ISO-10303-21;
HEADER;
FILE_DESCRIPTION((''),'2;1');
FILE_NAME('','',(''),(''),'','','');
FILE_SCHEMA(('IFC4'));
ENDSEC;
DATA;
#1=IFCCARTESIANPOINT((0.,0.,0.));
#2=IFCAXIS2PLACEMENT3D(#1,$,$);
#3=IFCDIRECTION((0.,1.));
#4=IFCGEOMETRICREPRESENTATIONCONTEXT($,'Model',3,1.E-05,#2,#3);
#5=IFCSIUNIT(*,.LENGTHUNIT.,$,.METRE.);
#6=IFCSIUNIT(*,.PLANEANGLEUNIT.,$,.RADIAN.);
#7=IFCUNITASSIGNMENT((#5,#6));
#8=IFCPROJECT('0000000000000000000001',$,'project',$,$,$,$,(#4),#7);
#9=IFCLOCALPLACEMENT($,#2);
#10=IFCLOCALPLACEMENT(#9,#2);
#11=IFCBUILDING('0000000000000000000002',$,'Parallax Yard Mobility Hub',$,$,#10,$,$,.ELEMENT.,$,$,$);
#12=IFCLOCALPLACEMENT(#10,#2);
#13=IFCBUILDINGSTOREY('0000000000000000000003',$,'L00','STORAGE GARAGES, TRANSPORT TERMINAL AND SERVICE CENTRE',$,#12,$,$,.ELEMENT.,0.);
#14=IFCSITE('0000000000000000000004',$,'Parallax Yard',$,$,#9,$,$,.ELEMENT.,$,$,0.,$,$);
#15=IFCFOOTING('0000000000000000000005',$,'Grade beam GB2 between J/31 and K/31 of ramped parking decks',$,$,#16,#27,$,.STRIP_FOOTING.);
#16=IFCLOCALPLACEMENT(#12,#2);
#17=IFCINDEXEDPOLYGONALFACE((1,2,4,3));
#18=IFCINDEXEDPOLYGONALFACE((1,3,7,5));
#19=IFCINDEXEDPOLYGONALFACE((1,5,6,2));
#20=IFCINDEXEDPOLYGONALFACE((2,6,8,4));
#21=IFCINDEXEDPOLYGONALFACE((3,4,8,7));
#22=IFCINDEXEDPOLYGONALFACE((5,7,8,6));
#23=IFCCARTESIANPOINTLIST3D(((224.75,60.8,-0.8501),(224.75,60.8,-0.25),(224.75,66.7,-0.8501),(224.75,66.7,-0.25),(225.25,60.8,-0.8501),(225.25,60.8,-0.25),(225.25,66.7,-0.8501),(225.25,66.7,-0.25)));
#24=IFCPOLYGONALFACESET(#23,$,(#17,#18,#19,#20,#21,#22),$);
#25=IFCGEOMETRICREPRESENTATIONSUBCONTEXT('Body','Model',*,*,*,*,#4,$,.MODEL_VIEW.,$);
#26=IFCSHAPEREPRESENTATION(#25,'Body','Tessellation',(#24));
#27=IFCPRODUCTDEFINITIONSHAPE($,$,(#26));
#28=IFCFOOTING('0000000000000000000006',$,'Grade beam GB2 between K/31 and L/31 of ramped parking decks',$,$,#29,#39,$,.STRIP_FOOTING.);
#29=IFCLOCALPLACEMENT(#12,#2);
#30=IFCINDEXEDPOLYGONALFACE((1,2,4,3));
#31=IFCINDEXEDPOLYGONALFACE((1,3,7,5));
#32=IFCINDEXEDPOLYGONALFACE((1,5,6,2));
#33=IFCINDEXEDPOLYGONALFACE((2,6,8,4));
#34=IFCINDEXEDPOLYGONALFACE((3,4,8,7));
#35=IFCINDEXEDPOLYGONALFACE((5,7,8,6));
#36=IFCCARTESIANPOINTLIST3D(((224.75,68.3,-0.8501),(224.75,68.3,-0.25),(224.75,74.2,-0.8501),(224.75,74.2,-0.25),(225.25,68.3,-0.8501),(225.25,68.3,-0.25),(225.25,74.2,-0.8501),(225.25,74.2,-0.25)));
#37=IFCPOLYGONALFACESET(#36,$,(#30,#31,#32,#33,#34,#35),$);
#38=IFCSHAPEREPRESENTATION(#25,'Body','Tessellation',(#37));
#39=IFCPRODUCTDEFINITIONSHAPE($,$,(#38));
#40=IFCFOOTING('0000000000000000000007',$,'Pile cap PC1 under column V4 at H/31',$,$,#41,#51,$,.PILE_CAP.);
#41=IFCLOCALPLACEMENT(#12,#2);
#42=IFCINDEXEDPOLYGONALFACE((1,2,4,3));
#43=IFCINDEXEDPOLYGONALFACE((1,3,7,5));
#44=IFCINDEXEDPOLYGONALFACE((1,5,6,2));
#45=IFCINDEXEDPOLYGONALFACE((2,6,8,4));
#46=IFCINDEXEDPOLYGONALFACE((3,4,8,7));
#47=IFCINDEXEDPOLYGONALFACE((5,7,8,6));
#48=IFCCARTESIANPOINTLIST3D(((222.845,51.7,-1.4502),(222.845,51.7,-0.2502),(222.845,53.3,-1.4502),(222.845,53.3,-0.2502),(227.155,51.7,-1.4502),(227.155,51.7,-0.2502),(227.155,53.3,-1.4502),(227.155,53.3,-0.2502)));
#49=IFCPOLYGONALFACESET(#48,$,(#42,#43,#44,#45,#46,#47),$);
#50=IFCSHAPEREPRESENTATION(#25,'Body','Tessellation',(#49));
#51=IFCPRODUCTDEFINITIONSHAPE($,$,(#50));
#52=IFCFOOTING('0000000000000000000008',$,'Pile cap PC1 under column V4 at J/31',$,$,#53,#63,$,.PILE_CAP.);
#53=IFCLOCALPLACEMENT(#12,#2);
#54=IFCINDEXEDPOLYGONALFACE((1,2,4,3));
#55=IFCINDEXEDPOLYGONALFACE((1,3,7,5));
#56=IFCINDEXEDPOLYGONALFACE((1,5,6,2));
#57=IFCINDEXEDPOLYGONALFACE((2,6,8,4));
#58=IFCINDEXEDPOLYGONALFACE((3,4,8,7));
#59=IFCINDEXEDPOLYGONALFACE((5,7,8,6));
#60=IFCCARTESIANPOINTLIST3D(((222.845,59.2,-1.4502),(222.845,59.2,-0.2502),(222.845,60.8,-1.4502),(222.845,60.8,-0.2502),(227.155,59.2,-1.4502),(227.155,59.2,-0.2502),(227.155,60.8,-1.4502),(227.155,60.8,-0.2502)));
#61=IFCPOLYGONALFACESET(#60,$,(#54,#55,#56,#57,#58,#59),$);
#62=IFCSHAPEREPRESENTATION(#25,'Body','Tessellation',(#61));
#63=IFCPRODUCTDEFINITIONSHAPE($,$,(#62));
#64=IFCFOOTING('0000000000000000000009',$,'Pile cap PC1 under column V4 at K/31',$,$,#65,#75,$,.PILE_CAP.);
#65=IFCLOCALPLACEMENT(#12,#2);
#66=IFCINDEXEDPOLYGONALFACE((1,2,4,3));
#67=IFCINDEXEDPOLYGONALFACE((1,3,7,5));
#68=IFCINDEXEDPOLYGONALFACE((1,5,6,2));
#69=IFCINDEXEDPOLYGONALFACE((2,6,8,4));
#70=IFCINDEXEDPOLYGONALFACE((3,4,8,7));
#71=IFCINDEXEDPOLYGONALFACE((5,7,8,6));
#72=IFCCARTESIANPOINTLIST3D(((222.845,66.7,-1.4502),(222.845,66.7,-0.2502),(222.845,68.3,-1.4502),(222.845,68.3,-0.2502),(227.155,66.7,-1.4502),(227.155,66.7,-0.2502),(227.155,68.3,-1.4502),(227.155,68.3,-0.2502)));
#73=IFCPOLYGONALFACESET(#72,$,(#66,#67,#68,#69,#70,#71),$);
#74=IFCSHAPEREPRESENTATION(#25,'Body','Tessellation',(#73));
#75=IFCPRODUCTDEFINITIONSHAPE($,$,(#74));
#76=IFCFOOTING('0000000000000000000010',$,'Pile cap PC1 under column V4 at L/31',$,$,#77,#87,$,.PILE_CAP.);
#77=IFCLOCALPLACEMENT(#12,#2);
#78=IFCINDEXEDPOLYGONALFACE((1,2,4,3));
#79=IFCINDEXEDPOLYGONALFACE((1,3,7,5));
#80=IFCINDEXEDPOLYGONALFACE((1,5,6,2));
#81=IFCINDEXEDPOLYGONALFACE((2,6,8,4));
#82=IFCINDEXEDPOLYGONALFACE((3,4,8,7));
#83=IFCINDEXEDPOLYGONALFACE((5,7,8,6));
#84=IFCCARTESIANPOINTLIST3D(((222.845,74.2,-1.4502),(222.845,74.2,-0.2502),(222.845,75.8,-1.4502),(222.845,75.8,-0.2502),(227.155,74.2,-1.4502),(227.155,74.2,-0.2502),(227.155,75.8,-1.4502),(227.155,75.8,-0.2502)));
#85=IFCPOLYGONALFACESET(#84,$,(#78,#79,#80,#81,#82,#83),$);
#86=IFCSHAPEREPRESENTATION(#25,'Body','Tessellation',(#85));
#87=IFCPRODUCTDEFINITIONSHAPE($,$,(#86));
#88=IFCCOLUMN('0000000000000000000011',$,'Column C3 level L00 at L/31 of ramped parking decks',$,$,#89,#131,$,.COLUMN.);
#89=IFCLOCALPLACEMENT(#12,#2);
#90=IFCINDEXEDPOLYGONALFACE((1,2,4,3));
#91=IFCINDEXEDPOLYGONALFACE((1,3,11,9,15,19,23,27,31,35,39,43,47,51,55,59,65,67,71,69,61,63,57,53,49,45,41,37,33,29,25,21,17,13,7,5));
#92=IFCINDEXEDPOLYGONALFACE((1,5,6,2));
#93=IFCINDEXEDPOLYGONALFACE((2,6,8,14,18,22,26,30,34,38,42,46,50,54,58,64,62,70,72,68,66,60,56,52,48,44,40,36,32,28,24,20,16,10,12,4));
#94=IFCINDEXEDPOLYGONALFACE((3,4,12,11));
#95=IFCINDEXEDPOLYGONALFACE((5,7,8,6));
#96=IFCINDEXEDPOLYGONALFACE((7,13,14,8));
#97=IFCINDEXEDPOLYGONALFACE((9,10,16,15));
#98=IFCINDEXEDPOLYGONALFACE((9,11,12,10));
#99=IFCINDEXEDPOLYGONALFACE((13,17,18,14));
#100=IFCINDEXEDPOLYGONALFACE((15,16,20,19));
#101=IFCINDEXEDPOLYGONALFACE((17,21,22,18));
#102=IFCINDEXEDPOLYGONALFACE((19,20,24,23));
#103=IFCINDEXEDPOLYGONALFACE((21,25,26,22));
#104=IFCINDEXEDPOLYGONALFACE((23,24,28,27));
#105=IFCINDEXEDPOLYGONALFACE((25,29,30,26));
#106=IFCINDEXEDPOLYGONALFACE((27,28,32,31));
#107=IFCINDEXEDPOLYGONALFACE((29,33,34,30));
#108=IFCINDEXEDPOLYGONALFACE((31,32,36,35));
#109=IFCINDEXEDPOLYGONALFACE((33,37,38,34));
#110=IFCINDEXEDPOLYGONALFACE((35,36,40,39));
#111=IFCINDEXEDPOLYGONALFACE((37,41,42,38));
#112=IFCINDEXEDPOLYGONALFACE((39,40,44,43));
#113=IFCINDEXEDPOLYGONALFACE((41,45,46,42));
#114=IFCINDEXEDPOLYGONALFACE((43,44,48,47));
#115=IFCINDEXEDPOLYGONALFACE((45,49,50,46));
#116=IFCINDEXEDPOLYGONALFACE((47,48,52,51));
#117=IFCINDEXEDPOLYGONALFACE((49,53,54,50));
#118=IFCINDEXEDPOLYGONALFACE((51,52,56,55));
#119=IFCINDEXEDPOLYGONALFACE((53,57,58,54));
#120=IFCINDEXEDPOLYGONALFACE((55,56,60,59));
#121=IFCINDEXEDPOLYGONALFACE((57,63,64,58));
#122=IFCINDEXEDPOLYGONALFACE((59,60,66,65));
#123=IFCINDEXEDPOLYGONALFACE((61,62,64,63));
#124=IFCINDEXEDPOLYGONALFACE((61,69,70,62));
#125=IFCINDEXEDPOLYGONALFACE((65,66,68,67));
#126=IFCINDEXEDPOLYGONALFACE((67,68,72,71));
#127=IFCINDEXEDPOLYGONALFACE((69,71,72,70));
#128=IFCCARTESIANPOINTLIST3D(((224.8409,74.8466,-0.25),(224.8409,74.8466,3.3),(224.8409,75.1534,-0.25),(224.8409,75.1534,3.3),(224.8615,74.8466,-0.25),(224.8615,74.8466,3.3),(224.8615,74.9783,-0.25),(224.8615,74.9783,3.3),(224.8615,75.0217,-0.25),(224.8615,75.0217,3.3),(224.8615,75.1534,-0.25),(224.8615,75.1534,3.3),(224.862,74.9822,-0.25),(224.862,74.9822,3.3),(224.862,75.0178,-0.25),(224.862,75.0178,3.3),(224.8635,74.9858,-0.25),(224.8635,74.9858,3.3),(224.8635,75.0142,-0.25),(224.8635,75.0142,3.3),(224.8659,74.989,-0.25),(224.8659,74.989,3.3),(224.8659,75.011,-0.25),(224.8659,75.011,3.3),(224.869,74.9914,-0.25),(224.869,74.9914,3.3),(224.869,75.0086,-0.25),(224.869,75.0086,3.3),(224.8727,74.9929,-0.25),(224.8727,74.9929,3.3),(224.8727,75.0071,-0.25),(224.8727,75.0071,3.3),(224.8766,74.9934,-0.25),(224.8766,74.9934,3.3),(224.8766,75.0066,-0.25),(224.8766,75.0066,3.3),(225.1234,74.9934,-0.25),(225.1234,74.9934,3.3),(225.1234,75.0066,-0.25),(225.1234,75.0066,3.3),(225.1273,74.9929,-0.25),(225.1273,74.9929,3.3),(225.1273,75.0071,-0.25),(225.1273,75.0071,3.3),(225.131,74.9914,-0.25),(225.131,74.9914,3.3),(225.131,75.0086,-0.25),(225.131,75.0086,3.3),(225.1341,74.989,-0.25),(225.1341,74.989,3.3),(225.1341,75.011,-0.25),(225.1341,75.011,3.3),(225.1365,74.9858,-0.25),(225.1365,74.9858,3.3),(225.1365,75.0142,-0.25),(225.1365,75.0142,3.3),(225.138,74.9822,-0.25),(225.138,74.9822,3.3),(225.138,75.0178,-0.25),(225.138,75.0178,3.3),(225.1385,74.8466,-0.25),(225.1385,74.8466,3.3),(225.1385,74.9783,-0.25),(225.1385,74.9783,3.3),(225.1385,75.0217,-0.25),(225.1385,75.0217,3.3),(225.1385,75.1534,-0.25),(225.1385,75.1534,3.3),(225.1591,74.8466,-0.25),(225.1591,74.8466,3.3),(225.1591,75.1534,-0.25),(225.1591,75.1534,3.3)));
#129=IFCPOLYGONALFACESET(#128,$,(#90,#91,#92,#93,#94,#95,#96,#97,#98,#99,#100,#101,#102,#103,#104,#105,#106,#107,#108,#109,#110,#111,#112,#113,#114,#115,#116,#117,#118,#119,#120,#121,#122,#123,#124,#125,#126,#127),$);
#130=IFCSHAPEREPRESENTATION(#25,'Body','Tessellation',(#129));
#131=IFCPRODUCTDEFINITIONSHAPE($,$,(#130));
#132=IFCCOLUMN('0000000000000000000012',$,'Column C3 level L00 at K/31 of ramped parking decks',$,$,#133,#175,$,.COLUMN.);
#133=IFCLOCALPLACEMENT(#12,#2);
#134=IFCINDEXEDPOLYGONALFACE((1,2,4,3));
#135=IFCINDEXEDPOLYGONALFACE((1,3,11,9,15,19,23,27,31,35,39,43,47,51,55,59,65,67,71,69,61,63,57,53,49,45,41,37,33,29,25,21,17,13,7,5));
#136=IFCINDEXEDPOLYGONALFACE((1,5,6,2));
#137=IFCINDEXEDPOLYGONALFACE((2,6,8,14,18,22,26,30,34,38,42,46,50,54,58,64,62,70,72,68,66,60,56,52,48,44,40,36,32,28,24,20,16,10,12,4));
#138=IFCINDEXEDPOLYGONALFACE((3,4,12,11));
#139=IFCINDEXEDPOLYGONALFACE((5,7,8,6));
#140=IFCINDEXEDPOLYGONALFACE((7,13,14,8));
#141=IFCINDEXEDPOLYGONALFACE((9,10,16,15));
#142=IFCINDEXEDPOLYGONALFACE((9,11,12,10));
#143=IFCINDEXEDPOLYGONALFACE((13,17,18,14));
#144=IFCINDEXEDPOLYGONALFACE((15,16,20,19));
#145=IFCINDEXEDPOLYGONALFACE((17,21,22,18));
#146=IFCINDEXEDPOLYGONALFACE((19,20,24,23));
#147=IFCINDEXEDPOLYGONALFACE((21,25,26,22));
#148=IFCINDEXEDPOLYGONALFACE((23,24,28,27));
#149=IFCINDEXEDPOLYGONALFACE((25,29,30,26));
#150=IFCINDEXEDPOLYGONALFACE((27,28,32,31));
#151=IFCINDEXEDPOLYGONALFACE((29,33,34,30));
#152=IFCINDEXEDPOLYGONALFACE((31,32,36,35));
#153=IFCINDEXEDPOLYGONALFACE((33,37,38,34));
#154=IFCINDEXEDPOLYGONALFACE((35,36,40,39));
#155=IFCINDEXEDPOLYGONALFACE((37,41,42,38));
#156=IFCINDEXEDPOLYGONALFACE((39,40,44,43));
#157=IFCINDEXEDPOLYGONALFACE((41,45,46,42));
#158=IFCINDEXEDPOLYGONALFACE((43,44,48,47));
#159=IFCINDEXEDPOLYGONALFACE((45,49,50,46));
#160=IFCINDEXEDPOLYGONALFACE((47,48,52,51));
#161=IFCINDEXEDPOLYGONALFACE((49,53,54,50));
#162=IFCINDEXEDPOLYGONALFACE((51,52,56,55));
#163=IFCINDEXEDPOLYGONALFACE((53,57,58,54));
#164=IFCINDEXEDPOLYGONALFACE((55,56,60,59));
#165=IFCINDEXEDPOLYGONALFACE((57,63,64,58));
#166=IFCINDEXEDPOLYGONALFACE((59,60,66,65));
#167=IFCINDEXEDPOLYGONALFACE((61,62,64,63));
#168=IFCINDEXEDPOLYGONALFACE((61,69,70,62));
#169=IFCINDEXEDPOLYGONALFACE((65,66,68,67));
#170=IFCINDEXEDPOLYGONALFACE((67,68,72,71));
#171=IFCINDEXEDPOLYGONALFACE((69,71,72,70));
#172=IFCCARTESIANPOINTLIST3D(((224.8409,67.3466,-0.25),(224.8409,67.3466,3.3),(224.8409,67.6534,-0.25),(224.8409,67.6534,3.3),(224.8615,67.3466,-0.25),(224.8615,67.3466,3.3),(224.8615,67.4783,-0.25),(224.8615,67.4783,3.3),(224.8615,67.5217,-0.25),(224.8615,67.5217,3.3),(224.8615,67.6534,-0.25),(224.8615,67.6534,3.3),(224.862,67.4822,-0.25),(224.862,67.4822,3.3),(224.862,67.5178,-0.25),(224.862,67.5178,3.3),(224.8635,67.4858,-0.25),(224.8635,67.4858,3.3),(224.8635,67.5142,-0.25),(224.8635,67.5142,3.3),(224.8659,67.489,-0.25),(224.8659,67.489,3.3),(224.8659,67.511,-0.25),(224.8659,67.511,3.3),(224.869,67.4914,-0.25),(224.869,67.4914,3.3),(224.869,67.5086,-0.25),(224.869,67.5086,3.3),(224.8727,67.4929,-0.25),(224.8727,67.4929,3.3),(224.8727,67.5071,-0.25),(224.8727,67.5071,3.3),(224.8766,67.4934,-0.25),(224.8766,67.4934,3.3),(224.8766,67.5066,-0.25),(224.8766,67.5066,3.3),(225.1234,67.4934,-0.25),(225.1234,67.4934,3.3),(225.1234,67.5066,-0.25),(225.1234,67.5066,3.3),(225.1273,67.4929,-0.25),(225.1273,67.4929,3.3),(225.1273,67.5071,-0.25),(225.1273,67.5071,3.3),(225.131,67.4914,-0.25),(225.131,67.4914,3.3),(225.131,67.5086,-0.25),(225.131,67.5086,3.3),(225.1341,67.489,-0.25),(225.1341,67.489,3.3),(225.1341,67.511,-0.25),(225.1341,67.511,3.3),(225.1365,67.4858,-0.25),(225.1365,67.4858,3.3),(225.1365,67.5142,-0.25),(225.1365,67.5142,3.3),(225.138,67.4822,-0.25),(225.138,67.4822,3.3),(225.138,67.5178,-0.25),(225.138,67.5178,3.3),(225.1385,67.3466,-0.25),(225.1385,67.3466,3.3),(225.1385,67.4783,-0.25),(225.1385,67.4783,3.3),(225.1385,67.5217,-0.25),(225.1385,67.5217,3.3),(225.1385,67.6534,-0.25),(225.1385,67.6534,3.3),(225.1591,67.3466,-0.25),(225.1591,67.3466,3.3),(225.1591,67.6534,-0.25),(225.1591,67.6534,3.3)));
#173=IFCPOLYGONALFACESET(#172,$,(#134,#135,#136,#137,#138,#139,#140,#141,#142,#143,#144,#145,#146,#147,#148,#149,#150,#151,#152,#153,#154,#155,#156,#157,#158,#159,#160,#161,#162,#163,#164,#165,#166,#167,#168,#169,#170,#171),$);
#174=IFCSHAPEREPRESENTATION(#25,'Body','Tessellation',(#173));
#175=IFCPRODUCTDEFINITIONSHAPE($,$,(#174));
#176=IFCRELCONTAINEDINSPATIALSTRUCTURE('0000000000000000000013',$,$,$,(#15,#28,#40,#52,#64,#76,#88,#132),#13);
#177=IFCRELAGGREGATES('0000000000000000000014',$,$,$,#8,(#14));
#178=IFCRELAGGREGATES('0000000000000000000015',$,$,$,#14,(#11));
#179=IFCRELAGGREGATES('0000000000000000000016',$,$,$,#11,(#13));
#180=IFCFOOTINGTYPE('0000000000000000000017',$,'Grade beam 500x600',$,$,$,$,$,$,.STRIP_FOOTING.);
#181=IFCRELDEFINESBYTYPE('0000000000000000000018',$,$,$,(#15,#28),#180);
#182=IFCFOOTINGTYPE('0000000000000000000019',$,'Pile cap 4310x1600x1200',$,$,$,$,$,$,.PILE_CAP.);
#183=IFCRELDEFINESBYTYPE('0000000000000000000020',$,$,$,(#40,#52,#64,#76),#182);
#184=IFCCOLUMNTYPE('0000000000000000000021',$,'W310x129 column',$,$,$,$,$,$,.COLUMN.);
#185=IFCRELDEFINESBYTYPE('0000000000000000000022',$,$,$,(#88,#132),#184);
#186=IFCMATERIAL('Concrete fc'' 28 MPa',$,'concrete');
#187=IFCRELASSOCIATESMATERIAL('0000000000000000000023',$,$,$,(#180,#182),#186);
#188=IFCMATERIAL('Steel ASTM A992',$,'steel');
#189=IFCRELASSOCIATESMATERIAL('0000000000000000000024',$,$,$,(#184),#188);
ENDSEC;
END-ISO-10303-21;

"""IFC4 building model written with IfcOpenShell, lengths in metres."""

from ifc_helpers import new_model, si_unit, direction, frame, origin, origin_2d, place, context, subcontext, project, spatial, rectangle, i_section, extrude, material, material_profile, profile_set, type_object, element, save


model = new_model("IFC4")

# Units and contexts
model_context = context("Model", 3, precision=1e-05, world=origin(), true_north=direction((0.0, 1.0)))
body_context = subcontext(model_context, "Body", "Model", "MODEL_VIEW")
ifc_project = project(units=[si_unit("LENGTHUNIT", "METRE"), si_unit("PLANEANGLEUNIT", "RADIAN")], contexts=[model_context])

# Site, building, storey
site_placement = place(None, origin())
site = spatial("IfcSite", under=ifc_project, at=site_placement, Name="Parallax Yard", CompositionType="ELEMENT", RefElevation=0.0)
building_placement = place(site_placement, origin())
building = spatial("IfcBuilding", under=site, at=building_placement, Name="Parallax Yard Mobility Hub", CompositionType="ELEMENT")
storey_placement = place(building_placement, origin())
storey = spatial("IfcBuildingStorey", under=building, at=storey_placement, Name="L00", Description="STORAGE GARAGES, TRANSPORT TERMINAL AND SERVICE CENTRE", CompositionType="ELEMENT", Elevation=0.0)

# Shared definitions
ifc_material_1 = material(Name="Concrete fc' 28 MPa", Category="concrete")

# Footings
ifc_material_profile_1 = material_profile(ifc_material_1, rectangle(XDim=0.5, YDim=0.6001, at=origin_2d()), Name="Grade beam 500x600")
ifc_profile_set_1 = profile_set([ifc_material_profile_1], Name="Concrete fc' 28 MPa")
footing_type_1 = type_object("IfcFootingType", Name="Grade beam 500x600", PredefinedType="STRIP_FOOTING", material=ifc_profile_set_1)
for number, where, z_axis, x_axis, name in (
    (1, (225.0, 60.8, -0.55), (0.0, 1.0, 0.0), (-1.0, 0.0, 0.0), "Grade beam GB2 between J/31 and K/31 of ramped parking decks"),
    (2, (225.0, 68.3, -0.55), (0.0, 1.0, 0.0), (-1.0, 0.0, 0.0), "Grade beam GB2 between K/31 and L/31 of ramped parking decks"),
):
    element("IfcFooting", number, at=place(storey_placement, frame(where, z_axis=z_axis, x_axis=x_axis)), inside=storey, type_object=footing_type_1, Name=name, PredefinedType="STRIP_FOOTING", context=body_context, shape_type="SweptSolid", body=[
        extrude(rectangle(XDim=0.5, YDim=0.6001, at=origin_2d()), origin(), (0.0, 0.0, 1.0), 5.8999),
    ])
footing_type_2 = type_object("IfcFootingType", Name="Pile cap 4310x1600x1200", PredefinedType="PILE_CAP", material=ifc_material_1)
for number, where, z_axis, x_axis, name in (
    (3, (225.0, 52.5, -1.4502), (0.0, 0.0, 1.0), (1.0, 0.0, 0.0), "Pile cap PC1 under column V4 at H/31"),
    (4, (225.0, 60.0, -1.4502), (0.0, 0.0, 1.0), (1.0, 0.0, 0.0), "Pile cap PC1 under column V4 at J/31"),
    (5, (225.0, 67.5, -1.4502), (0.0, 0.0, 1.0), (1.0, 0.0, 0.0), "Pile cap PC1 under column V4 at K/31"),
    (6, (225.0, 75.0, -1.4502), (0.0, 0.0, 1.0), (1.0, 0.0, 0.0), "Pile cap PC1 under column V4 at L/31"),
):
    element("IfcFooting", number, at=place(storey_placement, frame(where, z_axis=z_axis, x_axis=x_axis)), inside=storey, type_object=footing_type_2, Name=name, PredefinedType="PILE_CAP", context=body_context, shape_type="SweptSolid", body=[
        extrude(rectangle(XDim=4.3101, YDim=1.6001, at=origin_2d()), origin(), (0.0, 0.0, 1.0), 1.2),
    ])

# Columns
ifc_material_2 = material(Name="Steel ASTM A992", Category="steel")
ifc_material_profile_2 = material_profile(ifc_material_2, i_section(OverallWidth=0.3069, OverallDepth=0.3181, WebThickness=0.0132, FlangeThickness=0.0205, FilletRadius=0.0151, at=origin_2d()), Name="W310x129")
ifc_profile_set_2 = profile_set([ifc_material_profile_2], Name="Steel ASTM A992")
column_type = type_object("IfcColumnType", Name="W310x129 column", PredefinedType="COLUMN", material=ifc_profile_set_2)
for number, where, z_axis, x_axis, name in (
    (7, (225.0, 75.0, -0.25), (0.0, 0.0, 1.0), (0.0, 1.0, 0.0), "Column C3 level L00 at L/31 of ramped parking decks"),
    (8, (225.0, 67.5, -0.25), (0.0, 0.0, 1.0), (0.0, 1.0, 0.0), "Column C3 level L00 at K/31 of ramped parking decks"),
):
    element("IfcColumn", number, at=place(storey_placement, frame(where, z_axis=z_axis, x_axis=x_axis)), inside=storey, type_object=column_type, Name=name, PredefinedType="COLUMN", context=body_context, shape_type="SweptSolid", body=[
        extrude(i_section(OverallWidth=0.3069, OverallDepth=0.3181, WebThickness=0.0132, FlangeThickness=0.0205, FilletRadius=0.0151, at=origin_2d()), origin(), (0.0, 0.0, 1.0), 3.55),
    ])

save(model, "model.ifc")
